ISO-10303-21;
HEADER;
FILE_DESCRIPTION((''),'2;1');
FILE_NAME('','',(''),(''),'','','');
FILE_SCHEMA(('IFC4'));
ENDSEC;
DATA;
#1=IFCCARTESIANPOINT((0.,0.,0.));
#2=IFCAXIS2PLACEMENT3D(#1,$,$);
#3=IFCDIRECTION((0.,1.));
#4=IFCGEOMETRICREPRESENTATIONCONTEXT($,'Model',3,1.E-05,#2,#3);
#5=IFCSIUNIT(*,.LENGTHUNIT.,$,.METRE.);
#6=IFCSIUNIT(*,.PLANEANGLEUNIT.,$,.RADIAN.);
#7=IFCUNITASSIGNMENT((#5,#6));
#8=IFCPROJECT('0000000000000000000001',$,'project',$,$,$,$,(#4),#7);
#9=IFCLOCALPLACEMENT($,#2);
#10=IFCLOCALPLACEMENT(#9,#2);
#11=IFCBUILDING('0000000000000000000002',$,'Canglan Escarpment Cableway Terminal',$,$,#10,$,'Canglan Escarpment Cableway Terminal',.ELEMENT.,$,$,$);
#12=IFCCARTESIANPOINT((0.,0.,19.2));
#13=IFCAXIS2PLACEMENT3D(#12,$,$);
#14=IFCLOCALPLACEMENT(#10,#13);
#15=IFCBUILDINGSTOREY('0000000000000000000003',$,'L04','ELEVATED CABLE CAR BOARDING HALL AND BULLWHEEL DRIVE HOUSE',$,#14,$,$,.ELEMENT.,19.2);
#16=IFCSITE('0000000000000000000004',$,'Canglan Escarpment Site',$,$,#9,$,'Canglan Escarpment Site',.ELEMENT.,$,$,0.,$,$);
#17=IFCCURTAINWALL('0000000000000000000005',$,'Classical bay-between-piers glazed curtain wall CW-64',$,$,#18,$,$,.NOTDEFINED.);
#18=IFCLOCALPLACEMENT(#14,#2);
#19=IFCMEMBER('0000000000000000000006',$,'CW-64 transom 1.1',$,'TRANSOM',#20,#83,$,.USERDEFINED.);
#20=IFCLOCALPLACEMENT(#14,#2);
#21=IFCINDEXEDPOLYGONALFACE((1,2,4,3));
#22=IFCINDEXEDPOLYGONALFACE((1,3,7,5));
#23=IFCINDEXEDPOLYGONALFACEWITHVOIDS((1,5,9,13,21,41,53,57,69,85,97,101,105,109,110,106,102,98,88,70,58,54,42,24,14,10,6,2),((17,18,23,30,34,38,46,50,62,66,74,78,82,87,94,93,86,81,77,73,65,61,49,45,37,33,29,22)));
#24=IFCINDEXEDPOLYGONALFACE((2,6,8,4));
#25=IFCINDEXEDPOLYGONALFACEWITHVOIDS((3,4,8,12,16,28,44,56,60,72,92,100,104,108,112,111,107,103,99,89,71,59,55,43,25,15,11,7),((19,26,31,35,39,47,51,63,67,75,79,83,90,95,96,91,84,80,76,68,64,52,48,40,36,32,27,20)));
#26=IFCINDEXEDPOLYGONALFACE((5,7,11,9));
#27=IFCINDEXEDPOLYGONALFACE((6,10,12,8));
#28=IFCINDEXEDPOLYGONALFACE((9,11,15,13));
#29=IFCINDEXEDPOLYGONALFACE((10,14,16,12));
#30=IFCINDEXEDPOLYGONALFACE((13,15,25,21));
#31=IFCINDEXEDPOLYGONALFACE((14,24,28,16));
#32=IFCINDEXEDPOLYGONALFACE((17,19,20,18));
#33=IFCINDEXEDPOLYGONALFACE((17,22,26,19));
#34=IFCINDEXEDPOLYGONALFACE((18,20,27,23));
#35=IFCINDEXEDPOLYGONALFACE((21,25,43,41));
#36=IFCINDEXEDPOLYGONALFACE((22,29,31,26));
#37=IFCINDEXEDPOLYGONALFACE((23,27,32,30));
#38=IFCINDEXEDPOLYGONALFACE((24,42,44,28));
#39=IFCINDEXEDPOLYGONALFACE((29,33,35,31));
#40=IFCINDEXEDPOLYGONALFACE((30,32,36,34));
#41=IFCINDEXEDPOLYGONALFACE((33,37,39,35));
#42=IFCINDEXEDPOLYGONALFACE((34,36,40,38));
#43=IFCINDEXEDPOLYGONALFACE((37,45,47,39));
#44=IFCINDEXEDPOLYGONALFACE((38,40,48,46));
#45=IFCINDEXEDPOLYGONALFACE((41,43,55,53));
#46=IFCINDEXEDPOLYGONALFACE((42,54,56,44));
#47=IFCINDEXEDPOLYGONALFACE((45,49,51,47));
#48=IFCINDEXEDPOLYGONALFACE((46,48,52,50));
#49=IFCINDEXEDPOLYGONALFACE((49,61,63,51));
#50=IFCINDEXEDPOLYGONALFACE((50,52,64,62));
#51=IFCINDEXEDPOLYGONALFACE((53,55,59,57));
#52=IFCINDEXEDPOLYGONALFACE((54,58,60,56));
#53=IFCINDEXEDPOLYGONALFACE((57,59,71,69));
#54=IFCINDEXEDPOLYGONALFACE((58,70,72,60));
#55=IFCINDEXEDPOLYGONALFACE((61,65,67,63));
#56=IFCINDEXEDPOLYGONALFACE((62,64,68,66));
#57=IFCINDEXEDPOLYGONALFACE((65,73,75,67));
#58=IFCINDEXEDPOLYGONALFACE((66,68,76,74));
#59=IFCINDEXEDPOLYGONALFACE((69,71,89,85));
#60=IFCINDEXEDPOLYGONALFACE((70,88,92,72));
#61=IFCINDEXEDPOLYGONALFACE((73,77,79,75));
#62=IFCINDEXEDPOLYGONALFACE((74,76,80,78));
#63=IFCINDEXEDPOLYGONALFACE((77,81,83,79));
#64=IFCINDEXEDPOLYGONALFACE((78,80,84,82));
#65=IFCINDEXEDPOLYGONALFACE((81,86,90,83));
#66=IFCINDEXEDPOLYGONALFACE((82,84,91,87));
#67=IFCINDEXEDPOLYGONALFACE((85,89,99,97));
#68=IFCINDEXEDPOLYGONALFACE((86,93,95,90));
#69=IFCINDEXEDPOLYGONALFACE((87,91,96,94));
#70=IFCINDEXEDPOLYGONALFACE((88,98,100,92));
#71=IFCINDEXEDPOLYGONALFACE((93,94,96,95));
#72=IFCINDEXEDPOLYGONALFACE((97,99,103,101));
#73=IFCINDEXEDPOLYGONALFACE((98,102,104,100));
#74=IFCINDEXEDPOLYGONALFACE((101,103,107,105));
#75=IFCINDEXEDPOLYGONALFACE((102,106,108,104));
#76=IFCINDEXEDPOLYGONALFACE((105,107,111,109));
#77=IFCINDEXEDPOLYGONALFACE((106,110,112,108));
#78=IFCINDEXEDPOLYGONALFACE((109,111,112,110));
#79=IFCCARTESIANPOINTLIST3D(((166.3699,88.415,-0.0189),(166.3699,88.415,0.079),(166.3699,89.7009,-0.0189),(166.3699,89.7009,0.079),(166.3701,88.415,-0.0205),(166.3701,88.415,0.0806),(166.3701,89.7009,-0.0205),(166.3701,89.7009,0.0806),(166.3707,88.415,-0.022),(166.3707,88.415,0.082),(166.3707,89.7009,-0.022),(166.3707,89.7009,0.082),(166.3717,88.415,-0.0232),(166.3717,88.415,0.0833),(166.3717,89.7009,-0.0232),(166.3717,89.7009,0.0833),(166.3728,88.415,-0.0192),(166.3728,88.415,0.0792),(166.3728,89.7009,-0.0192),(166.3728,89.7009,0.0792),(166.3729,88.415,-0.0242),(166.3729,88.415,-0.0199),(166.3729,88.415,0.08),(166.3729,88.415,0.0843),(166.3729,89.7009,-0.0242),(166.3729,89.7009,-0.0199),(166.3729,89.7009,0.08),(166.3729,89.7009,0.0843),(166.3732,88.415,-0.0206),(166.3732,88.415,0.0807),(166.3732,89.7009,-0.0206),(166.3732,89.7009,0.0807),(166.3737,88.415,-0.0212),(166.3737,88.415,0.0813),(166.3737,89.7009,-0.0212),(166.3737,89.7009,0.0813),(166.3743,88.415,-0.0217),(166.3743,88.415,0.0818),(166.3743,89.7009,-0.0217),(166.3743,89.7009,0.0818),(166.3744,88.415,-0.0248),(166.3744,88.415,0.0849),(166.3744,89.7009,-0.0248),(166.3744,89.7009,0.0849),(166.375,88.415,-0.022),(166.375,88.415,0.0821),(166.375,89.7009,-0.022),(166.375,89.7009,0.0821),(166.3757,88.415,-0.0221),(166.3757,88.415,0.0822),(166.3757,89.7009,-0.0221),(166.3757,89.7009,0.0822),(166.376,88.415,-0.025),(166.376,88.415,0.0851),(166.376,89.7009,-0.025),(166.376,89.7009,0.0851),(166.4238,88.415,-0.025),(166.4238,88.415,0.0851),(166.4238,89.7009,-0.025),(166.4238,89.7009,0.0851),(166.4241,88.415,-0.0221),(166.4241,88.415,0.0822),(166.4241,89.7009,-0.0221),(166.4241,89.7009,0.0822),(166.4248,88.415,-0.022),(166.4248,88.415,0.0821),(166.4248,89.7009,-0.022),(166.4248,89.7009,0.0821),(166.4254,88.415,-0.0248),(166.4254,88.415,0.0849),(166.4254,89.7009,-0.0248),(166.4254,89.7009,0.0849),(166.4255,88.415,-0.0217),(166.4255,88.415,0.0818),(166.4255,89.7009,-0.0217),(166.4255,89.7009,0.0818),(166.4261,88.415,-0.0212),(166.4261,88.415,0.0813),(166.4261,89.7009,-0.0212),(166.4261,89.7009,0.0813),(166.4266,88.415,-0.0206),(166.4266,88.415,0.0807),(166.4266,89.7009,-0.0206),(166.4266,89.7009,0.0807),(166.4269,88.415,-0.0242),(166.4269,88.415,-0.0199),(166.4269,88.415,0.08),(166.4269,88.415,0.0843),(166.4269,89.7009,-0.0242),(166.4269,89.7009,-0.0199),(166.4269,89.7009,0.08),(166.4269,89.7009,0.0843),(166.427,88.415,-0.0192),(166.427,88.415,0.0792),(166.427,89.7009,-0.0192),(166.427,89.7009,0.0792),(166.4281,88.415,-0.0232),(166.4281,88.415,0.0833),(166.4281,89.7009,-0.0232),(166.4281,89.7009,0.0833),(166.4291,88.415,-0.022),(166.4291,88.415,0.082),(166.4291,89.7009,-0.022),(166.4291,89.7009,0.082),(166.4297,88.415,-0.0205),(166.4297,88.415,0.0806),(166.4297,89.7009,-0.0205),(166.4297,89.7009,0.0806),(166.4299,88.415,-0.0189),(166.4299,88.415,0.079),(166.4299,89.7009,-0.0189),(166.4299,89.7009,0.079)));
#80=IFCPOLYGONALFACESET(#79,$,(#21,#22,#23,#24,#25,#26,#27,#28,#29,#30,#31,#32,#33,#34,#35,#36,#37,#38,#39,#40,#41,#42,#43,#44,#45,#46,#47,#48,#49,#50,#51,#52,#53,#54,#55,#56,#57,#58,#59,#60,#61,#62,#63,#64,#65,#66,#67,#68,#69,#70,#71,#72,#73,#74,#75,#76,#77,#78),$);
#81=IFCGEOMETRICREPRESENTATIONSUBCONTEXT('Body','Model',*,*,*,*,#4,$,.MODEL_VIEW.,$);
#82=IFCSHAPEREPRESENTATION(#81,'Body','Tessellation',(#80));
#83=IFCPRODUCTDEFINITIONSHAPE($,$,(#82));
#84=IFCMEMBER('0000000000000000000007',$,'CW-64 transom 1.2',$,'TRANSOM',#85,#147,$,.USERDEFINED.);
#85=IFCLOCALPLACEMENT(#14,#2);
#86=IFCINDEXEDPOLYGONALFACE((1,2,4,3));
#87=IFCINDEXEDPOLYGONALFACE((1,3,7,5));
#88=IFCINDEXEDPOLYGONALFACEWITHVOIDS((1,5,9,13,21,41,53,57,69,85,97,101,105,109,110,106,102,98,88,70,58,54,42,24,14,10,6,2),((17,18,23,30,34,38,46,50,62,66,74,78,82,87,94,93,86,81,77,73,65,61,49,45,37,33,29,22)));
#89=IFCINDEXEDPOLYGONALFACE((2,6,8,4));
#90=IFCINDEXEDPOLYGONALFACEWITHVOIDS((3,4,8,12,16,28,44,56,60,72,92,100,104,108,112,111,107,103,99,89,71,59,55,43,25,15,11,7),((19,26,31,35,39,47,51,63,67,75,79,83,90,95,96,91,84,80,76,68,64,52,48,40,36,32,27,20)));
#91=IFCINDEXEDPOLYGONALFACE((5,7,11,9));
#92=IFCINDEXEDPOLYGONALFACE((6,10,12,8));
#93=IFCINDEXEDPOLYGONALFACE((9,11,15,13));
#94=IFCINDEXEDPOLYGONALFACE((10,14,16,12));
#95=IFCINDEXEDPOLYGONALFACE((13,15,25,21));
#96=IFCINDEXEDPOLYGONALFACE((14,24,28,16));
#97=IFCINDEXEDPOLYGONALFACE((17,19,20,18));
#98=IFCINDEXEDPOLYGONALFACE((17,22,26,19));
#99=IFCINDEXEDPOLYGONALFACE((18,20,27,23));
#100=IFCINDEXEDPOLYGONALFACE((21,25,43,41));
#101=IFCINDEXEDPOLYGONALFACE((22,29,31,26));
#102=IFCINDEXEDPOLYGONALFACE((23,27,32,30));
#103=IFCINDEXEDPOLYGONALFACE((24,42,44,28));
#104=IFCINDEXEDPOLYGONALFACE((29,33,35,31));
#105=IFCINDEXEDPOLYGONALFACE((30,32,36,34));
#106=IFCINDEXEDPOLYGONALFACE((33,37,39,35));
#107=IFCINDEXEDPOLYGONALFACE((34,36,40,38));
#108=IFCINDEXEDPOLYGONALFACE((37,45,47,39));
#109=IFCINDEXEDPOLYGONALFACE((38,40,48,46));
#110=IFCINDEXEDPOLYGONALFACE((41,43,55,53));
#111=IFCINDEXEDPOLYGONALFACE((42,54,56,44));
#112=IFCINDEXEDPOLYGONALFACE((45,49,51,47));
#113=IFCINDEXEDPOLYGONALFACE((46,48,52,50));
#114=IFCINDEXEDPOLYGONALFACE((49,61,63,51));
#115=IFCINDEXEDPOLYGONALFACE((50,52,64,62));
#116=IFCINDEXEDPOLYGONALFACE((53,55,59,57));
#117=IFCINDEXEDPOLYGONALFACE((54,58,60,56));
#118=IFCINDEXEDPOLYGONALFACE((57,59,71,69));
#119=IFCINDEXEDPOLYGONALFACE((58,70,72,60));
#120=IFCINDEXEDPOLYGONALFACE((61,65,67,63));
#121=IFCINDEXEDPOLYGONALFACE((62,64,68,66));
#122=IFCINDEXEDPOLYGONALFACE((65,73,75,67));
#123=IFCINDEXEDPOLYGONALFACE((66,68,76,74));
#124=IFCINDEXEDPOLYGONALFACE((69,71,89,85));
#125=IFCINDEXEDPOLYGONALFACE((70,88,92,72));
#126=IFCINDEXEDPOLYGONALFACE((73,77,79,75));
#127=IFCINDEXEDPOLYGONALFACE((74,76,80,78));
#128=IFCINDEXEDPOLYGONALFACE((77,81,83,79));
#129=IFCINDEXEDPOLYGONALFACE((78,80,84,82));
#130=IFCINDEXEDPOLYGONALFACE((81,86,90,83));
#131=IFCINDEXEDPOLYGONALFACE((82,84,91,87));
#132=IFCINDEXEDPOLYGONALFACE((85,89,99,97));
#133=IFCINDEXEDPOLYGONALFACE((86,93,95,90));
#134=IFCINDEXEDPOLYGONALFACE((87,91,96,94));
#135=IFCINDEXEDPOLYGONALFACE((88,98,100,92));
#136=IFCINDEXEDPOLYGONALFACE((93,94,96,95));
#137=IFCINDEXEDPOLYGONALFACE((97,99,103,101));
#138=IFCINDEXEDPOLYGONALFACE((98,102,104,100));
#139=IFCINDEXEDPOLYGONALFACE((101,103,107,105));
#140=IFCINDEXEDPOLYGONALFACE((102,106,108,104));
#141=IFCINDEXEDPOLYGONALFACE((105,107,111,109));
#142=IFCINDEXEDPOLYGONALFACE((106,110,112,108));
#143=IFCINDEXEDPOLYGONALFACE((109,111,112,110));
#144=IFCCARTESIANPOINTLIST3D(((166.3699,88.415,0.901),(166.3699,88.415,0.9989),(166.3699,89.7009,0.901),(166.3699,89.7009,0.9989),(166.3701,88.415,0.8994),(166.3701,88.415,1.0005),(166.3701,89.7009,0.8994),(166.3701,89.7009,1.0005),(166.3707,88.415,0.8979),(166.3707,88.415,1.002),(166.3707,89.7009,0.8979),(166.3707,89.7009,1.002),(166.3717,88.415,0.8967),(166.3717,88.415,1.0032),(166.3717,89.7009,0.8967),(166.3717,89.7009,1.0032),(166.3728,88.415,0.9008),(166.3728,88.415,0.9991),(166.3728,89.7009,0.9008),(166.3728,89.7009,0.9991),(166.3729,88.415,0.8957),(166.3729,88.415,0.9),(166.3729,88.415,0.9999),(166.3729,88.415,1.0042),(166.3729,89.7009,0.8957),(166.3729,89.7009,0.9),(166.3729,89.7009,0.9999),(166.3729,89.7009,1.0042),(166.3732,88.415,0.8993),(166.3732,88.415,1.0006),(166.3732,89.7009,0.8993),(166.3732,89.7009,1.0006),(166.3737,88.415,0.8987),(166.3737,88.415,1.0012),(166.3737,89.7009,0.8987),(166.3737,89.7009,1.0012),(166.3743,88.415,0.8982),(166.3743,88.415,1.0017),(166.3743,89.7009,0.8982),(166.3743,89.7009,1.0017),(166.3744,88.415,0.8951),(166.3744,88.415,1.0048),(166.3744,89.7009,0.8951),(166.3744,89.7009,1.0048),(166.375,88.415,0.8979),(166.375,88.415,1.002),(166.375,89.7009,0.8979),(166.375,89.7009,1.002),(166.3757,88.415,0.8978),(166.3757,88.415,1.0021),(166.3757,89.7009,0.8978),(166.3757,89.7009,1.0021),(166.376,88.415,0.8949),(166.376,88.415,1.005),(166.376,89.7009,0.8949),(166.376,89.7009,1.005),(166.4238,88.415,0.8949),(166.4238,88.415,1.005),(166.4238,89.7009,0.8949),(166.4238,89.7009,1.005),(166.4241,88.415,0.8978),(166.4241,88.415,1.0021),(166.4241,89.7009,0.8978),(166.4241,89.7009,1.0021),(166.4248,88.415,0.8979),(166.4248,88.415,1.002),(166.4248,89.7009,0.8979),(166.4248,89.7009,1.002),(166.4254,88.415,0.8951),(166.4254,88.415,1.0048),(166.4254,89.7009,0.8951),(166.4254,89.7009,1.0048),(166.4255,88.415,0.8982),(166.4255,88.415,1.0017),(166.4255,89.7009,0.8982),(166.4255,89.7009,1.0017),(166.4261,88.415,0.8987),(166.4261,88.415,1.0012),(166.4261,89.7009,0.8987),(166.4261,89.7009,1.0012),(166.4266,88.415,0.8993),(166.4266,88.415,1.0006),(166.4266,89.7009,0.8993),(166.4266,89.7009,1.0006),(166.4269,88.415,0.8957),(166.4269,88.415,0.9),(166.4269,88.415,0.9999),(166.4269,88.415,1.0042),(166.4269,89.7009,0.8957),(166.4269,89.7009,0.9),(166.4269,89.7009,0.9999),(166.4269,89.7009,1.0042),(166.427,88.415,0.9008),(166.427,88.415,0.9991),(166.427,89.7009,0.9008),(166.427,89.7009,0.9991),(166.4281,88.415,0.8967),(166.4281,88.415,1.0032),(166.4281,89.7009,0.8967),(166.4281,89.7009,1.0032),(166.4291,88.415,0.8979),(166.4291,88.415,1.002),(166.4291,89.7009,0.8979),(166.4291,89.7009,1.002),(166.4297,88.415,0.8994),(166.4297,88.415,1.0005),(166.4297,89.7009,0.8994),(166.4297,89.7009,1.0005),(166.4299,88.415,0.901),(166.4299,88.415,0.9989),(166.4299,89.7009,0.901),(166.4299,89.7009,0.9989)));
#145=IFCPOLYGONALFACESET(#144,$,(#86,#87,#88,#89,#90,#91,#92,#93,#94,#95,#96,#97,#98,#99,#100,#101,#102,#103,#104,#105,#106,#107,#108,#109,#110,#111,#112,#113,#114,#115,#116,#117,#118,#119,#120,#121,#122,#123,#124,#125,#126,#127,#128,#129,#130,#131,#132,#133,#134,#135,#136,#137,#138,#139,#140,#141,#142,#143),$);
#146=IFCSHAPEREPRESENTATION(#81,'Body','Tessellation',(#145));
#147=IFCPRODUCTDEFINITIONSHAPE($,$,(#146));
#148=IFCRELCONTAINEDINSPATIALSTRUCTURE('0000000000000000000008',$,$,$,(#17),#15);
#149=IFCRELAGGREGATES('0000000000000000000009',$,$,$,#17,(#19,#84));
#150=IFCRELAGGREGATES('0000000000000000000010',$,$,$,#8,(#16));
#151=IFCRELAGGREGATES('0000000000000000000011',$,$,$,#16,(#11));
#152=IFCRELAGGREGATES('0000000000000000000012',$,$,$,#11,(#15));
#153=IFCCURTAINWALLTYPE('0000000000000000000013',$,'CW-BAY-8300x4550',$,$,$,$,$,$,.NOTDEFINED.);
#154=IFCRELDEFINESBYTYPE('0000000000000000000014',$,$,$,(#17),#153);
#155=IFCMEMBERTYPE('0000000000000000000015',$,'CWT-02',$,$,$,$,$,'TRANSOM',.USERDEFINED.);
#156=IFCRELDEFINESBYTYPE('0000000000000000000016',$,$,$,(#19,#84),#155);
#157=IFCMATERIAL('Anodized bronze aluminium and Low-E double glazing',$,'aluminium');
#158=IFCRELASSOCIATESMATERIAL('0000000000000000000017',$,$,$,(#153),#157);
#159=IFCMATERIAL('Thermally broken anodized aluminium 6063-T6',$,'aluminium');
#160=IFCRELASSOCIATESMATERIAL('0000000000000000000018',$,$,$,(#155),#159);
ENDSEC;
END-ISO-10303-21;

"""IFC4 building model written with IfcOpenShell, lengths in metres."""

from ifc_helpers import new_model, si_unit, direction, frame, origin, origin_2d, place, context, subcontext, project, spatial, hollow_rectangle, extrude, material, material_profile, profile_set, type_object, element, aggregate, save


model = new_model("IFC4")

# Units and contexts
model_context = context("Model", 3, precision=1e-05, world=origin(), true_north=direction((0.0, 1.0)))
body_context = subcontext(model_context, "Body", "Model", "MODEL_VIEW")
ifc_project = project(units=[si_unit("LENGTHUNIT", "METRE"), si_unit("PLANEANGLEUNIT", "RADIAN")], contexts=[model_context])

# Site, building, storey
site_placement = place(None, origin())
site = spatial("IfcSite", under=ifc_project, at=site_placement, Name="Canglan Escarpment Site", LongName="Canglan Escarpment Site", CompositionType="ELEMENT", RefElevation=0.0)
building_placement = place(site_placement, origin())
building = spatial("IfcBuilding", under=site, at=building_placement, Name="Canglan Escarpment Cableway Terminal", LongName="Canglan Escarpment Cableway Terminal", CompositionType="ELEMENT")
storey_placement = place(building_placement, frame((0.0, 0.0, 19.2)))
storey = spatial("IfcBuildingStorey", under=building, at=storey_placement, Name="L04", Description="ELEVATED CABLE CAR BOARDING HALL AND BULLWHEEL DRIVE HOUSE", CompositionType="ELEMENT", Elevation=19.2)

# Shared definitions
ifc_material_1 = material(Name="Anodized bronze aluminium and Low-E double glazing", Category="aluminium")
curtain_wall_type = type_object("IfcCurtainWallType", Name="CW-BAY-8300x4550", PredefinedType="NOTDEFINED", material=ifc_material_1)
ifc_material_2 = material(Name="Thermally broken anodized aluminium 6063-T6", Category="aluminium")

# Curtain wall, members
curtain_wall_1_placement = place(storey_placement, origin())
curtain_wall_1 = element("IfcCurtainWall", 1, at=curtain_wall_1_placement, inside=storey, type_object=curtain_wall_type, Name="Classical bay-between-piers glazed curtain wall CW-64", PredefinedType="NOTDEFINED")
ifc_material_profile_1 = material_profile(ifc_material_2, hollow_rectangle(XDim=0.0601, YDim=0.1101, WallThickness=0.0029, InnerFilletRadius=0.0029, OuterFilletRadius=0.0061, at=origin_2d()), Name="ALU-TRAN 60x110x3")
ifc_profile_set_1 = profile_set([ifc_material_profile_1], Name="Thermally broken anodized aluminium 6063-T6")
member_type_1 = type_object("IfcMemberType", Name="CWT-02", ElementType="TRANSOM", PredefinedType="USERDEFINED", material=ifc_profile_set_1)
member_1_placement = place(storey_placement, frame((166.3999, 88.415, 0.03), z_axis=(0.0, 1.0, 0.0), x_axis=(-1.0, 0.0, 0.0)))
member_1 = element("IfcMember", 2, at=member_1_placement, type_object=member_type_1, Name="CW-64 transom 1.1", ObjectType="TRANSOM", PredefinedType="USERDEFINED", context=body_context, shape_type="SweptSolid", body=[
    extrude(hollow_rectangle(XDim=0.0601, YDim=0.1101, WallThickness=0.0029, InnerFilletRadius=0.0029, OuterFilletRadius=0.0061, at=origin_2d()), origin(), (0.0, 0.0, 1.0), 1.2859),
])
member_2_placement = place(storey_placement, frame((166.3999, 88.415, 0.95), z_axis=(0.0, 1.0, 0.0), x_axis=(-1.0, 0.0, 0.0)))
member_2 = element("IfcMember", 3, at=member_2_placement, type_object=member_type_1, Name="CW-64 transom 1.2", ObjectType="TRANSOM", PredefinedType="USERDEFINED", context=body_context, shape_type="SweptSolid", body=[
    extrude(hollow_rectangle(XDim=0.0601, YDim=0.1101, WallThickness=0.0029, InnerFilletRadius=0.0029, OuterFilletRadius=0.0061, at=origin_2d()), origin(), (0.0, 0.0, 1.0), 1.2859),
])
aggregate(curtain_wall_1, [member_1, member_2])

save(model, "model.ifc")
